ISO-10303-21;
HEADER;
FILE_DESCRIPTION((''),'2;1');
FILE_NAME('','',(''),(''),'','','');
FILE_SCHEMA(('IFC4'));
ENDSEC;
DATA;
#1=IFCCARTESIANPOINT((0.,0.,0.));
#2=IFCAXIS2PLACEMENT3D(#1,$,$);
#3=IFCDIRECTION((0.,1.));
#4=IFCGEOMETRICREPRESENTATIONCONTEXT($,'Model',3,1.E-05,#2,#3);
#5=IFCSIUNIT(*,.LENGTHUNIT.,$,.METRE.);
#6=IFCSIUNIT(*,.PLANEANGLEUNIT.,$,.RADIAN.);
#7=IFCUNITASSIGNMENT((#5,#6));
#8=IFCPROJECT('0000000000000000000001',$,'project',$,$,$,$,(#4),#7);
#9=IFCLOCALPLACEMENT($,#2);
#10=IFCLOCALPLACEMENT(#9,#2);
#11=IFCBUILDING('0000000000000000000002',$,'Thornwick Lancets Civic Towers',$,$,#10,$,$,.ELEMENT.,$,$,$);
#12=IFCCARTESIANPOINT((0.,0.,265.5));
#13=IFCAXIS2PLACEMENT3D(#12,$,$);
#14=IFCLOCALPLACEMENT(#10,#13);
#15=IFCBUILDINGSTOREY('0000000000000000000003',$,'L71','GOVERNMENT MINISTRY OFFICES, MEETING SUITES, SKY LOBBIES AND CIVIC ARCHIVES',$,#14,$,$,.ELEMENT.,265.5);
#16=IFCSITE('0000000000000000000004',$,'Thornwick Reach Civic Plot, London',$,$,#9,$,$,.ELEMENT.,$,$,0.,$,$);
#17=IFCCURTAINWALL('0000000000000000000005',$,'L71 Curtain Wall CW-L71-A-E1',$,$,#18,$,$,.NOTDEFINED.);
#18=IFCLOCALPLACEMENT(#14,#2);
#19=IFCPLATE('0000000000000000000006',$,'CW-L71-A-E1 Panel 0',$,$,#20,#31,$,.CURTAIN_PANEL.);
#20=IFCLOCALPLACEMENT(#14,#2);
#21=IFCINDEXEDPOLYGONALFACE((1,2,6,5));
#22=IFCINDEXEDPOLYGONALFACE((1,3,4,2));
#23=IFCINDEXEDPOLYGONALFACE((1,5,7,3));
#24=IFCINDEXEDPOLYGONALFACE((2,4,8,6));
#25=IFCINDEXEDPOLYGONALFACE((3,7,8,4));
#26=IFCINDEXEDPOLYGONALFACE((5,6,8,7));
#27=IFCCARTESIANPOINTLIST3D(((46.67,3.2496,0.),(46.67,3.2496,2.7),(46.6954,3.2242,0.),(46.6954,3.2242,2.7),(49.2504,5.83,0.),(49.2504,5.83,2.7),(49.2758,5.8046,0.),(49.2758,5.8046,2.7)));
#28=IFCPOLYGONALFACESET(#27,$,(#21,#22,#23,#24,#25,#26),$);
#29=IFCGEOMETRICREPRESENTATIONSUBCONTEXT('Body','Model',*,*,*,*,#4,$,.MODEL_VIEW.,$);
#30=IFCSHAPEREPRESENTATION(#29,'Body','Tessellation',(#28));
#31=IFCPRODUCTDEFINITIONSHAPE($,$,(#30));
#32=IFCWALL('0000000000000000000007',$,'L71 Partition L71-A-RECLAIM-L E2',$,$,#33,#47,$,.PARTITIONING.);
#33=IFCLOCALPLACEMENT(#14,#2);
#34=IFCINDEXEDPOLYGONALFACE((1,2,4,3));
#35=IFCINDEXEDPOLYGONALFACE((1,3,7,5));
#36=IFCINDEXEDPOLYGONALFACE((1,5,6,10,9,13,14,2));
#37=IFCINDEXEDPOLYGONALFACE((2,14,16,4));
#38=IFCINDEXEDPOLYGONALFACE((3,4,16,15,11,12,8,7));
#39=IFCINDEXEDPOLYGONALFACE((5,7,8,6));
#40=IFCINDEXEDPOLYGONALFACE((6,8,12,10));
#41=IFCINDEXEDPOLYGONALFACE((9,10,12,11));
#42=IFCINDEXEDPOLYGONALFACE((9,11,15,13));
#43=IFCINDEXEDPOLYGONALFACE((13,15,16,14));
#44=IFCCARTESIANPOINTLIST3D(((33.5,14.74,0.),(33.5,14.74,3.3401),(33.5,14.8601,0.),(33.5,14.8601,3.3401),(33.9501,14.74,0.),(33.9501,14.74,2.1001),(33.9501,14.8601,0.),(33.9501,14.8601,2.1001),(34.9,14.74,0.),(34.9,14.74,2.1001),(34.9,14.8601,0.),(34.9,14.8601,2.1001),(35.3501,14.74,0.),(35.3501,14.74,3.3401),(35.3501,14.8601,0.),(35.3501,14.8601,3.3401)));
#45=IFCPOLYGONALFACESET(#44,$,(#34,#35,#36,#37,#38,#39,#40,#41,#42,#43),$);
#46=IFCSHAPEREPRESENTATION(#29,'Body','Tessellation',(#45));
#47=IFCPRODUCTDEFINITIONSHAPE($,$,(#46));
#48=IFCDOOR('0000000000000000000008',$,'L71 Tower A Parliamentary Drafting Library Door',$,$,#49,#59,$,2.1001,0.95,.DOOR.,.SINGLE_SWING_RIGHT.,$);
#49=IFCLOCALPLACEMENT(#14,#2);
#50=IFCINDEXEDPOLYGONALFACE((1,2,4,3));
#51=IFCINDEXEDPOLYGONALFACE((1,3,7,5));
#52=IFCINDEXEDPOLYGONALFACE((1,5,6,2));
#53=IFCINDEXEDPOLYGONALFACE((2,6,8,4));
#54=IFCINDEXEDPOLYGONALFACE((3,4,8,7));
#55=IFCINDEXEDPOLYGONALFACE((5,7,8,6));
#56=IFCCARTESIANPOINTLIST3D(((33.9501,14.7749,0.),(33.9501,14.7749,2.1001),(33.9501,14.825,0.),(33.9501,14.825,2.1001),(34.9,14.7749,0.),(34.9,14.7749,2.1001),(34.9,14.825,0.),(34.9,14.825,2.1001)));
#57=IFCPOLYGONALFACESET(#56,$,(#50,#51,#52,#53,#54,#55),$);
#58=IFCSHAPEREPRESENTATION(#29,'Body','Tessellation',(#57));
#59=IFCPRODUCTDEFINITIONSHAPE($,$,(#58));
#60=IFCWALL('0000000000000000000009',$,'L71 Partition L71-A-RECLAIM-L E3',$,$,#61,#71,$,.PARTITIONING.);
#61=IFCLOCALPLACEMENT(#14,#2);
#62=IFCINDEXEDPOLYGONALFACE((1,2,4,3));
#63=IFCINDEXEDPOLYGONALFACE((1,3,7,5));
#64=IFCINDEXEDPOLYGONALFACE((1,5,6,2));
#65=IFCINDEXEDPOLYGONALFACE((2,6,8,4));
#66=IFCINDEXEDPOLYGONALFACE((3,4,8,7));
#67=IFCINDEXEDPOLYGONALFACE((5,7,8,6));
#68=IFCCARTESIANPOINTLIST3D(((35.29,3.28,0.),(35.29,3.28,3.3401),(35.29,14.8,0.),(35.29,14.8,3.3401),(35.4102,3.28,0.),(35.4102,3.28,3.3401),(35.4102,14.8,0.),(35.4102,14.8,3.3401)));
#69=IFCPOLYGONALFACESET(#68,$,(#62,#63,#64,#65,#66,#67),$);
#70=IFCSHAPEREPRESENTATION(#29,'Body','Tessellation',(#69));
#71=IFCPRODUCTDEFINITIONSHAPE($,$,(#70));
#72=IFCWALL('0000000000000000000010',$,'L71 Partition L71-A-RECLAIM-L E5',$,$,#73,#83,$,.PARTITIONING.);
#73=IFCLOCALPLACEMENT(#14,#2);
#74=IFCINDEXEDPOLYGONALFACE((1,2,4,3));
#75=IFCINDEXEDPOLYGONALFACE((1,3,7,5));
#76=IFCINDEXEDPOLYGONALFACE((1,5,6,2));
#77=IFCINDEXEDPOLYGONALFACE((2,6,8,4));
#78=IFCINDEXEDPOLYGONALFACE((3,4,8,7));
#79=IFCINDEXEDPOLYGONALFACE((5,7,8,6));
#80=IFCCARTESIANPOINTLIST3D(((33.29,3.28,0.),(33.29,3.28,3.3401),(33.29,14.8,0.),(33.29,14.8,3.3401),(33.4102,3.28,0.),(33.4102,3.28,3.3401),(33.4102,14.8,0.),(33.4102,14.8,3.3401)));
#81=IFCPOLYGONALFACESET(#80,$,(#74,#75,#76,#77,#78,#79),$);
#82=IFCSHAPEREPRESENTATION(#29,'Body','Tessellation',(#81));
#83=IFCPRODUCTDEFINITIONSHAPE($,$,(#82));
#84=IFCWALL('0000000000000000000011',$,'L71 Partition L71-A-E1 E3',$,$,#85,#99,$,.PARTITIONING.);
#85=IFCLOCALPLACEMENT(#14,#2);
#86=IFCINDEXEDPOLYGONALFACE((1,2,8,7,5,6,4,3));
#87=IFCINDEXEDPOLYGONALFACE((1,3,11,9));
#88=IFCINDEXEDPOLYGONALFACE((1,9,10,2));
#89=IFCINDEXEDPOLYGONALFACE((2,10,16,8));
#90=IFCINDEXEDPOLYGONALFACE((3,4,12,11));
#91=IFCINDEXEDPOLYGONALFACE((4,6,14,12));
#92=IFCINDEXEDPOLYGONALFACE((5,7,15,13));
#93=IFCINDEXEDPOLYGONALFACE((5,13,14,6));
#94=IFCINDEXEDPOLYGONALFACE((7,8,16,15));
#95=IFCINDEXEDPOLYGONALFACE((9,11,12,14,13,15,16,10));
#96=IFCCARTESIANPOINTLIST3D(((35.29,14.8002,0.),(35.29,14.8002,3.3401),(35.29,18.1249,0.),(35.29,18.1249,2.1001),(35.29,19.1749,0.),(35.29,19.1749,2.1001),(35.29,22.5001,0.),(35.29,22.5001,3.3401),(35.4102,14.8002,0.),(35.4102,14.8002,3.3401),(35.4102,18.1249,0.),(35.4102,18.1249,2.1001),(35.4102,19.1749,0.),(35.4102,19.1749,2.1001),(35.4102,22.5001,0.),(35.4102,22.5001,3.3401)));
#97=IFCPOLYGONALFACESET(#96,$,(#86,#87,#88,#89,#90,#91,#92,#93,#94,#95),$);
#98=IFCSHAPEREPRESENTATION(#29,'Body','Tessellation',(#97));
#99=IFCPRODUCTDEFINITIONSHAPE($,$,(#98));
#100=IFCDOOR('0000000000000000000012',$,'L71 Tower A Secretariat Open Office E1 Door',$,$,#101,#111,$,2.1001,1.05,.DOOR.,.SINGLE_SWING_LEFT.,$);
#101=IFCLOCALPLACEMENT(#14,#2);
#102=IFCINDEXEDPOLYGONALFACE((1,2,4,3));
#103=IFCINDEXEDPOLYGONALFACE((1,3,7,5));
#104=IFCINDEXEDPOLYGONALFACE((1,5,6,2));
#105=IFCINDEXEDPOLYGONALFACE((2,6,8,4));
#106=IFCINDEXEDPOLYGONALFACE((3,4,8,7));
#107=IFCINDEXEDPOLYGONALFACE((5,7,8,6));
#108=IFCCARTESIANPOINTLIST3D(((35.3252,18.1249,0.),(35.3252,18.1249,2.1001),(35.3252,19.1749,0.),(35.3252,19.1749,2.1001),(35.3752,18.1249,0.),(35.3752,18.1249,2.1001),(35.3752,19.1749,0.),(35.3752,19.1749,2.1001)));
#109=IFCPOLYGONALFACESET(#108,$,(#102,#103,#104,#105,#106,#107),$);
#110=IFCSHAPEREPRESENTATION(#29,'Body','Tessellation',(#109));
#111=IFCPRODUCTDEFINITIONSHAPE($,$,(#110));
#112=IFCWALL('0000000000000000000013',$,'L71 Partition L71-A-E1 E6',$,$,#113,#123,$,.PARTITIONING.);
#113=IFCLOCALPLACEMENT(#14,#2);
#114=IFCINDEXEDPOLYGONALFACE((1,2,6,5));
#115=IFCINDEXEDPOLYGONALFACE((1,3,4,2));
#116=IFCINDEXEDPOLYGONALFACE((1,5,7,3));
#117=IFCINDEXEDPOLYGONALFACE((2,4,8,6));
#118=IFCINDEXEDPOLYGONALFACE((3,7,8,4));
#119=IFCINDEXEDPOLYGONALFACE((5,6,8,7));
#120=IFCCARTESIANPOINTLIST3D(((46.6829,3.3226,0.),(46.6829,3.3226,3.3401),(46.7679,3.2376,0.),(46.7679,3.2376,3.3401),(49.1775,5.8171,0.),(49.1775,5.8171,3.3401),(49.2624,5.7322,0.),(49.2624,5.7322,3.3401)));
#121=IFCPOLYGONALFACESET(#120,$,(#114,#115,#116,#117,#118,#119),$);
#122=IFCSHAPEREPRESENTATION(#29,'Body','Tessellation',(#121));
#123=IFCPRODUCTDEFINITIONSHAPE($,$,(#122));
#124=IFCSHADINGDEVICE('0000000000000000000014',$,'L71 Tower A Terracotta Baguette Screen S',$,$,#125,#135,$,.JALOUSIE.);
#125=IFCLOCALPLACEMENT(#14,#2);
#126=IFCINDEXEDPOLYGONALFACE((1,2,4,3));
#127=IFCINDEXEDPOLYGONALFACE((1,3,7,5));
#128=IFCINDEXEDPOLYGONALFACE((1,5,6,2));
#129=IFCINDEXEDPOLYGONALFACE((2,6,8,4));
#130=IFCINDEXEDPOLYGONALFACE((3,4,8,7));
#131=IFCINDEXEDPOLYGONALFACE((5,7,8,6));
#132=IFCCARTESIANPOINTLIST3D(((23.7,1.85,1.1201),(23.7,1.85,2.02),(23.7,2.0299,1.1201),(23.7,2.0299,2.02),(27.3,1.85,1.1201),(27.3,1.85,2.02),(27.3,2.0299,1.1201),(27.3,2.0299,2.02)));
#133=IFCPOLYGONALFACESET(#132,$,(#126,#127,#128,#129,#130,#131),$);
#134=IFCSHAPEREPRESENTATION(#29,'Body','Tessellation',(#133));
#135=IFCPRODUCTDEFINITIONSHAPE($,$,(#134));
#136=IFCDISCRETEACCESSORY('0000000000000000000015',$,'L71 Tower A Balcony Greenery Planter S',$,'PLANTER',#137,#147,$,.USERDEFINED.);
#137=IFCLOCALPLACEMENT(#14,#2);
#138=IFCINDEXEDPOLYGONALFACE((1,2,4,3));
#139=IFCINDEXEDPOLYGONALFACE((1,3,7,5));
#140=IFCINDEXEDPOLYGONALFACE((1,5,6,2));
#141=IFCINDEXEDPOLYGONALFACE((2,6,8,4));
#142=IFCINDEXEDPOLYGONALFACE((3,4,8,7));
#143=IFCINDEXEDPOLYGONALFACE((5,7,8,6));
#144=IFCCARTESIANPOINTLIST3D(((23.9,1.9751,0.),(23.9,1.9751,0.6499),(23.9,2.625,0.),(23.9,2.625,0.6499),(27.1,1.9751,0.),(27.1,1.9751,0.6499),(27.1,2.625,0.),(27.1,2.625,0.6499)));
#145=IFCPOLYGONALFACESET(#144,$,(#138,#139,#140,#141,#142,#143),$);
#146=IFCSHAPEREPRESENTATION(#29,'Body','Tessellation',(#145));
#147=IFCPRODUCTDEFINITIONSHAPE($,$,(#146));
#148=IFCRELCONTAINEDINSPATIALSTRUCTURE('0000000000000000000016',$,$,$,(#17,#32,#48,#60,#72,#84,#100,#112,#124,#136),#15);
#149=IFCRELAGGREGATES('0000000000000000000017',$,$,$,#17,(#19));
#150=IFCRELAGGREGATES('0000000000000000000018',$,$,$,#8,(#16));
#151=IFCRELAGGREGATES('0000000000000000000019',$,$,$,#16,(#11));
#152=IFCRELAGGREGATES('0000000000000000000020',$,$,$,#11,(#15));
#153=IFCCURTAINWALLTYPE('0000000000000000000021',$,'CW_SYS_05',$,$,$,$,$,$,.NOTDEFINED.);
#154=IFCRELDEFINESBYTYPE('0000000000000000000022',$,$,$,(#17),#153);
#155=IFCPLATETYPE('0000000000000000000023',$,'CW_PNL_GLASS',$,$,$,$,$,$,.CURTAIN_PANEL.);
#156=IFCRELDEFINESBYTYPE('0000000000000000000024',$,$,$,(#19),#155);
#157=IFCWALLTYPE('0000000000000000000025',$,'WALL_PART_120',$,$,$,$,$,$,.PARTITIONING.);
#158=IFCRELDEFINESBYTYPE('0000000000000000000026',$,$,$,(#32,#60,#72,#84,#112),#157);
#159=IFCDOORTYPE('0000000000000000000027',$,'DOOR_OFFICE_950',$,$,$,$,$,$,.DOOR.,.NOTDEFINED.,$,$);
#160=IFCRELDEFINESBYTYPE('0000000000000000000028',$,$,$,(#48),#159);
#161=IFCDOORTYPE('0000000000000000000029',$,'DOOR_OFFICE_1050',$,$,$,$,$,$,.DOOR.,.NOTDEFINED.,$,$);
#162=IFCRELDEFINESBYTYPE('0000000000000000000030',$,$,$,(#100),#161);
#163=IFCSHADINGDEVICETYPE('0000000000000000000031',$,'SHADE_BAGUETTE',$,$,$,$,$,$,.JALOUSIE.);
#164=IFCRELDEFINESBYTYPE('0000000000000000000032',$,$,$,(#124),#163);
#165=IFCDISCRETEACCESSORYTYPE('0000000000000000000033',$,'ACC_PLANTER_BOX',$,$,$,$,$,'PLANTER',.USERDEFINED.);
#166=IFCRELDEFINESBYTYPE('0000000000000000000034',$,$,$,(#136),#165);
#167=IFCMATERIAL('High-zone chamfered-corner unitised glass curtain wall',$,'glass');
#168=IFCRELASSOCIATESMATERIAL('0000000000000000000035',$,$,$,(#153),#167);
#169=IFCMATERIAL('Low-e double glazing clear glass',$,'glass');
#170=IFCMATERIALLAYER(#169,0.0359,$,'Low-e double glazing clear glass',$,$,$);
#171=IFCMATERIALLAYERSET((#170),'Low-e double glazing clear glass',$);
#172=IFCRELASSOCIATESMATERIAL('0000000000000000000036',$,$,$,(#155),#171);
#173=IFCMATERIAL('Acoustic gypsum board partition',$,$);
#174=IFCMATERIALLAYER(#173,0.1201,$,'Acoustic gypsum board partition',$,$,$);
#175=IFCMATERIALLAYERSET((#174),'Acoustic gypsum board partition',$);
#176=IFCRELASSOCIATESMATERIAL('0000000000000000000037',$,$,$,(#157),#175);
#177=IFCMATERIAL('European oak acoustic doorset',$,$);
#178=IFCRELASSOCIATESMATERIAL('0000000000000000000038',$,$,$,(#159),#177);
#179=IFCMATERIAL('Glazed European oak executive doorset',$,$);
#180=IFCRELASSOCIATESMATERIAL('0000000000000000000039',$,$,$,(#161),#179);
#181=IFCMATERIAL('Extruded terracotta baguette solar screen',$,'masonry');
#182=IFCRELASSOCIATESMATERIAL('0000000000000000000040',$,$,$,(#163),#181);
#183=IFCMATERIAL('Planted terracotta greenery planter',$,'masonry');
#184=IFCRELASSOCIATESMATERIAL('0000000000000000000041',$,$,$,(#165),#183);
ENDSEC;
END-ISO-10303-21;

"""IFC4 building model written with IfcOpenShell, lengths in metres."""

from ifc_helpers import new_model, si_unit, direction, frame, frame_2d, origin, origin_2d, place, context, subcontext, project, spatial, rectangle, extrude, material, layer, layer_set, type_object, element, fill, aggregate, save


model = new_model("IFC4")

# Units and contexts
model_context = context("Model", 3, precision=1e-05, world=origin(), true_north=direction((0.0, 1.0)))
body_context = subcontext(model_context, "Body", "Model", "MODEL_VIEW")
ifc_project = project(units=[si_unit("LENGTHUNIT", "METRE"), si_unit("PLANEANGLEUNIT", "RADIAN")], contexts=[model_context])

# Site, building, storey
site_placement = place(None, origin())
site = spatial("IfcSite", under=ifc_project, at=site_placement, Name="Thornwick Reach Civic Plot, London", CompositionType="ELEMENT", RefElevation=0.0)
building_placement = place(site_placement, origin())
building = spatial("IfcBuilding", under=site, at=building_placement, Name="Thornwick Lancets Civic Towers", CompositionType="ELEMENT")
storey_placement = place(building_placement, frame((0.0, 0.0, 265.5)))
storey = spatial("IfcBuildingStorey", under=building, at=storey_placement, Name="L71", Description="GOVERNMENT MINISTRY OFFICES, MEETING SUITES, SKY LOBBIES AND CIVIC ARCHIVES", CompositionType="ELEMENT", Elevation=265.5)

# Curtain wall, plate
ifc_material_1 = material(Name="High-zone chamfered-corner unitised glass curtain wall", Category="glass")
curtain_wall_type = type_object("IfcCurtainWallType", Name="CW_SYS_05", PredefinedType="NOTDEFINED", material=ifc_material_1)
curtain_wall_placement = place(storey_placement, origin())
curtain_wall = element("IfcCurtainWall", 1, at=curtain_wall_placement, inside=storey, type_object=curtain_wall_type, Name="L71 Curtain Wall CW-L71-A-E1", PredefinedType="NOTDEFINED")
ifc_material_2 = material(Name="Low-e double glazing clear glass", Category="glass")
ifc_layer_1 = layer(ifc_material_2, 0.0359, Name="Low-e double glazing clear glass")
ifc_layer_set_1 = layer_set([ifc_layer_1], Name="Low-e double glazing clear glass")
plate_type = type_object("IfcPlateType", Name="CW_PNL_GLASS", PredefinedType="CURTAIN_PANEL", material=ifc_layer_set_1)
plate_placement = place(storey_placement, frame((47.9729, 4.5271, 0.0), z_axis=(0.0, 0.0, 1.0), x_axis=(0.707107, 0.707107, 0.0)))
plate = element("IfcPlate", 2, at=plate_placement, type_object=plate_type, Name="CW-L71-A-E1 Panel 0", PredefinedType="CURTAIN_PANEL", context=body_context, shape_type="SweptSolid", body=[
    extrude(rectangle(XDim=3.6492, YDim=0.0359, at=origin_2d()), origin(), (0.0, 0.0, 1.0), 2.7),
])
aggregate(curtain_wall, [plate])

# Wall, opening, door
ifc_material_3 = material(Name="Acoustic gypsum board partition")
ifc_layer_2 = layer(ifc_material_3, 0.1201, Name="Acoustic gypsum board partition")
ifc_layer_set_2 = layer_set([ifc_layer_2], Name="Acoustic gypsum board partition")
wall_type = type_object("IfcWallType", Name="WALL_PART_120", PredefinedType="PARTITIONING", material=ifc_layer_set_2)
wall_1_placement = place(storey_placement, frame((33.5, 14.8, 0.0), z_axis=(0.0, 0.0, 1.0), x_axis=(1.0, 0.0, 0.0)))
wall_1 = element("IfcWall", 3, at=wall_1_placement, inside=storey, type_object=wall_type, Name="L71 Partition L71-A-RECLAIM-L E2", PredefinedType="PARTITIONING", context=body_context, shape_type="SweptSolid", body=[
    extrude(rectangle(XDim=1.8501, YDim=0.1201, at=frame_2d((0.925, 0.0))), origin(), (0.0, 0.0, 1.0), 3.3401),
])
opening_1_placement = place(wall_1_placement, frame((0.45, 0.0, 0.0)))
opening_1 = element("IfcOpeningElement", 4, at=opening_1_placement, cuts=wall_1, PredefinedType="OPENING", context=body_context, shape_type="SweptSolid", body=[
    extrude(rectangle(XDim=0.95, YDim=2.1001, at=frame_2d((0.4751, 1.05))), frame((0.0, 0.0701, 0.0), z_axis=(0.0, -1.0, 0.0), x_axis=(1.0, 0.0, 0.0)), (0.0, 0.0, 1.0), 0.1401),
])
ifc_material_4 = material(Name="European oak acoustic doorset")
door_type_1 = type_object("IfcDoorType", Name="DOOR_OFFICE_950", OperationType="NOTDEFINED", PredefinedType="DOOR", material=ifc_material_4)
door_1_placement = place(opening_1_placement, origin())
door_1 = element("IfcDoor", 5, at=door_1_placement, inside=storey, type_object=door_type_1, Name="L71 Tower A Parliamentary Drafting Library Door", OperationType="SINGLE_SWING_RIGHT", OverallHeight=2.1001, OverallWidth=0.95, PredefinedType="DOOR", context=body_context, shape_type="SweptSolid", body=[
    extrude(rectangle(XDim=0.95, YDim=2.1001, at=frame_2d((0.4751, 1.05))), frame((0.0, 0.0249, 0.0), z_axis=(0.0, -1.0, 0.0), x_axis=(1.0, 0.0, 0.0)), (0.0, 0.0, 1.0), 0.05),
])
fill(opening_1, door_1)

# Walls
for number, where, z_axis, x_axis, name in (
    (6, (35.3501, 14.8, 0.0), (0.0, 0.0, 1.0), (0.0, -1.0, 0.0), "L71 Partition L71-A-RECLAIM-L E3"),
    (7, (33.3501, 3.28, 0.0), (0.0, 0.0, 1.0), (0.0, 1.0, 0.0), "L71 Partition L71-A-RECLAIM-L E5"),
):
    element("IfcWall", number, at=place(storey_placement, frame(where, z_axis=z_axis, x_axis=x_axis)), inside=storey, type_object=wall_type, Name=name, PredefinedType="PARTITIONING", context=body_context, shape_type="SweptSolid", body=[
        extrude(rectangle(XDim=11.52, YDim=0.1201, at=frame_2d((5.76, 0.0))), origin(), (0.0, 0.0, 1.0), 3.3401),
    ])

# Wall, opening, door
wall_2_placement = place(storey_placement, frame((35.3501, 14.8, 0.0), z_axis=(0.0, 0.0, 1.0), x_axis=(0.0, 1.0, 0.0)))
wall_2 = element("IfcWall", 8, at=wall_2_placement, inside=storey, type_object=wall_type, Name="L71 Partition L71-A-E1 E3", PredefinedType="PARTITIONING", context=body_context, shape_type="SweptSolid", body=[
    extrude(rectangle(XDim=7.7, YDim=0.1201, at=frame_2d((3.8501, 0.0))), origin(), (0.0, 0.0, 1.0), 3.3401),
])
opening_2_placement = place(wall_2_placement, frame((3.325, 0.0, 0.0)))
opening_2 = element("IfcOpeningElement", 9, at=opening_2_placement, cuts=wall_2, PredefinedType="OPENING", context=body_context, shape_type="SweptSolid", body=[
    extrude(rectangle(XDim=1.05, YDim=2.1001, at=frame_2d((0.5249, 1.05))), frame((0.0, 0.0701, 0.0), z_axis=(0.0, -1.0, 0.0), x_axis=(1.0, 0.0, 0.0)), (0.0, 0.0, 1.0), 0.1401),
])
ifc_material_5 = material(Name="Glazed European oak executive doorset")
door_type_2 = type_object("IfcDoorType", Name="DOOR_OFFICE_1050", OperationType="NOTDEFINED", PredefinedType="DOOR", material=ifc_material_5)
door_2_placement = place(opening_2_placement, origin())
door_2 = element("IfcDoor", 10, at=door_2_placement, inside=storey, type_object=door_type_2, Name="L71 Tower A Secretariat Open Office E1 Door", OperationType="SINGLE_SWING_LEFT", OverallHeight=2.1001, OverallWidth=1.05, PredefinedType="DOOR", context=body_context, shape_type="SweptSolid", body=[
    extrude(rectangle(XDim=1.05, YDim=2.1001, at=frame_2d((0.5249, 1.05))), frame((0.0, 0.0249, 0.0), z_axis=(0.0, -1.0, 0.0), x_axis=(1.0, 0.0, 0.0)), (0.0, 0.0, 1.0), 0.05),
])
fill(opening_2, door_2)

# Wall
wall_3_placement = place(storey_placement, frame((49.22, 5.7747, 0.0), z_axis=(0.0, 0.0, 1.0), x_axis=(-0.707107, -0.707107, 0.0)))
element("IfcWall", 11, at=wall_3_placement, inside=storey, type_object=wall_type, Name="L71 Partition L71-A-E1 E6", PredefinedType="PARTITIONING", context=body_context, shape_type="SweptSolid", body=[
    extrude(rectangle(XDim=3.5278, YDim=0.1201, at=frame_2d((1.7639, 0.0))), origin(), (0.0, 0.0, 1.0), 3.3401),
])

# Shading device
ifc_material_6 = material(Name="Extruded terracotta baguette solar screen", Category="masonry")
shading_device_type = type_object("IfcShadingDeviceType", Name="SHADE_BAGUETTE", PredefinedType="JALOUSIE", material=ifc_material_6)
shading_device_placement = place(storey_placement, frame((25.5, 1.9399, 1.1201), z_axis=(0.0, 0.0, 1.0), x_axis=(1.0, 0.0, 0.0)))
element("IfcShadingDevice", 12, at=shading_device_placement, inside=storey, type_object=shading_device_type, Name="L71 Tower A Terracotta Baguette Screen S", PredefinedType="JALOUSIE", context=body_context, shape_type="SweptSolid", body=[
    extrude(rectangle(XDim=3.6001, YDim=0.1799, at=origin_2d()), origin(), (0.0, 0.0, 1.0), 0.8999),
])

# Discrete accessory
ifc_material_7 = material(Name="Planted terracotta greenery planter", Category="masonry")
discrete_accessory_type = type_object("IfcDiscreteAccessoryType", Name="ACC_PLANTER_BOX", ElementType="PLANTER", PredefinedType="USERDEFINED", material=ifc_material_7)
discrete_accessory_placement = place(storey_placement, frame((25.5, 2.3, 0.0), z_axis=(0.0, 0.0, 1.0), x_axis=(1.0, 0.0, 0.0)))
element("IfcDiscreteAccessory", 13, at=discrete_accessory_placement, inside=storey, type_object=discrete_accessory_type, Name="L71 Tower A Balcony Greenery Planter S", ObjectType="PLANTER", PredefinedType="USERDEFINED", context=body_context, shape_type="SweptSolid", body=[
    extrude(rectangle(XDim=3.2, YDim=0.6499, at=origin_2d()), origin(), (0.0, 0.0, 1.0), 0.6499),
])

save(model, "model.ifc")
